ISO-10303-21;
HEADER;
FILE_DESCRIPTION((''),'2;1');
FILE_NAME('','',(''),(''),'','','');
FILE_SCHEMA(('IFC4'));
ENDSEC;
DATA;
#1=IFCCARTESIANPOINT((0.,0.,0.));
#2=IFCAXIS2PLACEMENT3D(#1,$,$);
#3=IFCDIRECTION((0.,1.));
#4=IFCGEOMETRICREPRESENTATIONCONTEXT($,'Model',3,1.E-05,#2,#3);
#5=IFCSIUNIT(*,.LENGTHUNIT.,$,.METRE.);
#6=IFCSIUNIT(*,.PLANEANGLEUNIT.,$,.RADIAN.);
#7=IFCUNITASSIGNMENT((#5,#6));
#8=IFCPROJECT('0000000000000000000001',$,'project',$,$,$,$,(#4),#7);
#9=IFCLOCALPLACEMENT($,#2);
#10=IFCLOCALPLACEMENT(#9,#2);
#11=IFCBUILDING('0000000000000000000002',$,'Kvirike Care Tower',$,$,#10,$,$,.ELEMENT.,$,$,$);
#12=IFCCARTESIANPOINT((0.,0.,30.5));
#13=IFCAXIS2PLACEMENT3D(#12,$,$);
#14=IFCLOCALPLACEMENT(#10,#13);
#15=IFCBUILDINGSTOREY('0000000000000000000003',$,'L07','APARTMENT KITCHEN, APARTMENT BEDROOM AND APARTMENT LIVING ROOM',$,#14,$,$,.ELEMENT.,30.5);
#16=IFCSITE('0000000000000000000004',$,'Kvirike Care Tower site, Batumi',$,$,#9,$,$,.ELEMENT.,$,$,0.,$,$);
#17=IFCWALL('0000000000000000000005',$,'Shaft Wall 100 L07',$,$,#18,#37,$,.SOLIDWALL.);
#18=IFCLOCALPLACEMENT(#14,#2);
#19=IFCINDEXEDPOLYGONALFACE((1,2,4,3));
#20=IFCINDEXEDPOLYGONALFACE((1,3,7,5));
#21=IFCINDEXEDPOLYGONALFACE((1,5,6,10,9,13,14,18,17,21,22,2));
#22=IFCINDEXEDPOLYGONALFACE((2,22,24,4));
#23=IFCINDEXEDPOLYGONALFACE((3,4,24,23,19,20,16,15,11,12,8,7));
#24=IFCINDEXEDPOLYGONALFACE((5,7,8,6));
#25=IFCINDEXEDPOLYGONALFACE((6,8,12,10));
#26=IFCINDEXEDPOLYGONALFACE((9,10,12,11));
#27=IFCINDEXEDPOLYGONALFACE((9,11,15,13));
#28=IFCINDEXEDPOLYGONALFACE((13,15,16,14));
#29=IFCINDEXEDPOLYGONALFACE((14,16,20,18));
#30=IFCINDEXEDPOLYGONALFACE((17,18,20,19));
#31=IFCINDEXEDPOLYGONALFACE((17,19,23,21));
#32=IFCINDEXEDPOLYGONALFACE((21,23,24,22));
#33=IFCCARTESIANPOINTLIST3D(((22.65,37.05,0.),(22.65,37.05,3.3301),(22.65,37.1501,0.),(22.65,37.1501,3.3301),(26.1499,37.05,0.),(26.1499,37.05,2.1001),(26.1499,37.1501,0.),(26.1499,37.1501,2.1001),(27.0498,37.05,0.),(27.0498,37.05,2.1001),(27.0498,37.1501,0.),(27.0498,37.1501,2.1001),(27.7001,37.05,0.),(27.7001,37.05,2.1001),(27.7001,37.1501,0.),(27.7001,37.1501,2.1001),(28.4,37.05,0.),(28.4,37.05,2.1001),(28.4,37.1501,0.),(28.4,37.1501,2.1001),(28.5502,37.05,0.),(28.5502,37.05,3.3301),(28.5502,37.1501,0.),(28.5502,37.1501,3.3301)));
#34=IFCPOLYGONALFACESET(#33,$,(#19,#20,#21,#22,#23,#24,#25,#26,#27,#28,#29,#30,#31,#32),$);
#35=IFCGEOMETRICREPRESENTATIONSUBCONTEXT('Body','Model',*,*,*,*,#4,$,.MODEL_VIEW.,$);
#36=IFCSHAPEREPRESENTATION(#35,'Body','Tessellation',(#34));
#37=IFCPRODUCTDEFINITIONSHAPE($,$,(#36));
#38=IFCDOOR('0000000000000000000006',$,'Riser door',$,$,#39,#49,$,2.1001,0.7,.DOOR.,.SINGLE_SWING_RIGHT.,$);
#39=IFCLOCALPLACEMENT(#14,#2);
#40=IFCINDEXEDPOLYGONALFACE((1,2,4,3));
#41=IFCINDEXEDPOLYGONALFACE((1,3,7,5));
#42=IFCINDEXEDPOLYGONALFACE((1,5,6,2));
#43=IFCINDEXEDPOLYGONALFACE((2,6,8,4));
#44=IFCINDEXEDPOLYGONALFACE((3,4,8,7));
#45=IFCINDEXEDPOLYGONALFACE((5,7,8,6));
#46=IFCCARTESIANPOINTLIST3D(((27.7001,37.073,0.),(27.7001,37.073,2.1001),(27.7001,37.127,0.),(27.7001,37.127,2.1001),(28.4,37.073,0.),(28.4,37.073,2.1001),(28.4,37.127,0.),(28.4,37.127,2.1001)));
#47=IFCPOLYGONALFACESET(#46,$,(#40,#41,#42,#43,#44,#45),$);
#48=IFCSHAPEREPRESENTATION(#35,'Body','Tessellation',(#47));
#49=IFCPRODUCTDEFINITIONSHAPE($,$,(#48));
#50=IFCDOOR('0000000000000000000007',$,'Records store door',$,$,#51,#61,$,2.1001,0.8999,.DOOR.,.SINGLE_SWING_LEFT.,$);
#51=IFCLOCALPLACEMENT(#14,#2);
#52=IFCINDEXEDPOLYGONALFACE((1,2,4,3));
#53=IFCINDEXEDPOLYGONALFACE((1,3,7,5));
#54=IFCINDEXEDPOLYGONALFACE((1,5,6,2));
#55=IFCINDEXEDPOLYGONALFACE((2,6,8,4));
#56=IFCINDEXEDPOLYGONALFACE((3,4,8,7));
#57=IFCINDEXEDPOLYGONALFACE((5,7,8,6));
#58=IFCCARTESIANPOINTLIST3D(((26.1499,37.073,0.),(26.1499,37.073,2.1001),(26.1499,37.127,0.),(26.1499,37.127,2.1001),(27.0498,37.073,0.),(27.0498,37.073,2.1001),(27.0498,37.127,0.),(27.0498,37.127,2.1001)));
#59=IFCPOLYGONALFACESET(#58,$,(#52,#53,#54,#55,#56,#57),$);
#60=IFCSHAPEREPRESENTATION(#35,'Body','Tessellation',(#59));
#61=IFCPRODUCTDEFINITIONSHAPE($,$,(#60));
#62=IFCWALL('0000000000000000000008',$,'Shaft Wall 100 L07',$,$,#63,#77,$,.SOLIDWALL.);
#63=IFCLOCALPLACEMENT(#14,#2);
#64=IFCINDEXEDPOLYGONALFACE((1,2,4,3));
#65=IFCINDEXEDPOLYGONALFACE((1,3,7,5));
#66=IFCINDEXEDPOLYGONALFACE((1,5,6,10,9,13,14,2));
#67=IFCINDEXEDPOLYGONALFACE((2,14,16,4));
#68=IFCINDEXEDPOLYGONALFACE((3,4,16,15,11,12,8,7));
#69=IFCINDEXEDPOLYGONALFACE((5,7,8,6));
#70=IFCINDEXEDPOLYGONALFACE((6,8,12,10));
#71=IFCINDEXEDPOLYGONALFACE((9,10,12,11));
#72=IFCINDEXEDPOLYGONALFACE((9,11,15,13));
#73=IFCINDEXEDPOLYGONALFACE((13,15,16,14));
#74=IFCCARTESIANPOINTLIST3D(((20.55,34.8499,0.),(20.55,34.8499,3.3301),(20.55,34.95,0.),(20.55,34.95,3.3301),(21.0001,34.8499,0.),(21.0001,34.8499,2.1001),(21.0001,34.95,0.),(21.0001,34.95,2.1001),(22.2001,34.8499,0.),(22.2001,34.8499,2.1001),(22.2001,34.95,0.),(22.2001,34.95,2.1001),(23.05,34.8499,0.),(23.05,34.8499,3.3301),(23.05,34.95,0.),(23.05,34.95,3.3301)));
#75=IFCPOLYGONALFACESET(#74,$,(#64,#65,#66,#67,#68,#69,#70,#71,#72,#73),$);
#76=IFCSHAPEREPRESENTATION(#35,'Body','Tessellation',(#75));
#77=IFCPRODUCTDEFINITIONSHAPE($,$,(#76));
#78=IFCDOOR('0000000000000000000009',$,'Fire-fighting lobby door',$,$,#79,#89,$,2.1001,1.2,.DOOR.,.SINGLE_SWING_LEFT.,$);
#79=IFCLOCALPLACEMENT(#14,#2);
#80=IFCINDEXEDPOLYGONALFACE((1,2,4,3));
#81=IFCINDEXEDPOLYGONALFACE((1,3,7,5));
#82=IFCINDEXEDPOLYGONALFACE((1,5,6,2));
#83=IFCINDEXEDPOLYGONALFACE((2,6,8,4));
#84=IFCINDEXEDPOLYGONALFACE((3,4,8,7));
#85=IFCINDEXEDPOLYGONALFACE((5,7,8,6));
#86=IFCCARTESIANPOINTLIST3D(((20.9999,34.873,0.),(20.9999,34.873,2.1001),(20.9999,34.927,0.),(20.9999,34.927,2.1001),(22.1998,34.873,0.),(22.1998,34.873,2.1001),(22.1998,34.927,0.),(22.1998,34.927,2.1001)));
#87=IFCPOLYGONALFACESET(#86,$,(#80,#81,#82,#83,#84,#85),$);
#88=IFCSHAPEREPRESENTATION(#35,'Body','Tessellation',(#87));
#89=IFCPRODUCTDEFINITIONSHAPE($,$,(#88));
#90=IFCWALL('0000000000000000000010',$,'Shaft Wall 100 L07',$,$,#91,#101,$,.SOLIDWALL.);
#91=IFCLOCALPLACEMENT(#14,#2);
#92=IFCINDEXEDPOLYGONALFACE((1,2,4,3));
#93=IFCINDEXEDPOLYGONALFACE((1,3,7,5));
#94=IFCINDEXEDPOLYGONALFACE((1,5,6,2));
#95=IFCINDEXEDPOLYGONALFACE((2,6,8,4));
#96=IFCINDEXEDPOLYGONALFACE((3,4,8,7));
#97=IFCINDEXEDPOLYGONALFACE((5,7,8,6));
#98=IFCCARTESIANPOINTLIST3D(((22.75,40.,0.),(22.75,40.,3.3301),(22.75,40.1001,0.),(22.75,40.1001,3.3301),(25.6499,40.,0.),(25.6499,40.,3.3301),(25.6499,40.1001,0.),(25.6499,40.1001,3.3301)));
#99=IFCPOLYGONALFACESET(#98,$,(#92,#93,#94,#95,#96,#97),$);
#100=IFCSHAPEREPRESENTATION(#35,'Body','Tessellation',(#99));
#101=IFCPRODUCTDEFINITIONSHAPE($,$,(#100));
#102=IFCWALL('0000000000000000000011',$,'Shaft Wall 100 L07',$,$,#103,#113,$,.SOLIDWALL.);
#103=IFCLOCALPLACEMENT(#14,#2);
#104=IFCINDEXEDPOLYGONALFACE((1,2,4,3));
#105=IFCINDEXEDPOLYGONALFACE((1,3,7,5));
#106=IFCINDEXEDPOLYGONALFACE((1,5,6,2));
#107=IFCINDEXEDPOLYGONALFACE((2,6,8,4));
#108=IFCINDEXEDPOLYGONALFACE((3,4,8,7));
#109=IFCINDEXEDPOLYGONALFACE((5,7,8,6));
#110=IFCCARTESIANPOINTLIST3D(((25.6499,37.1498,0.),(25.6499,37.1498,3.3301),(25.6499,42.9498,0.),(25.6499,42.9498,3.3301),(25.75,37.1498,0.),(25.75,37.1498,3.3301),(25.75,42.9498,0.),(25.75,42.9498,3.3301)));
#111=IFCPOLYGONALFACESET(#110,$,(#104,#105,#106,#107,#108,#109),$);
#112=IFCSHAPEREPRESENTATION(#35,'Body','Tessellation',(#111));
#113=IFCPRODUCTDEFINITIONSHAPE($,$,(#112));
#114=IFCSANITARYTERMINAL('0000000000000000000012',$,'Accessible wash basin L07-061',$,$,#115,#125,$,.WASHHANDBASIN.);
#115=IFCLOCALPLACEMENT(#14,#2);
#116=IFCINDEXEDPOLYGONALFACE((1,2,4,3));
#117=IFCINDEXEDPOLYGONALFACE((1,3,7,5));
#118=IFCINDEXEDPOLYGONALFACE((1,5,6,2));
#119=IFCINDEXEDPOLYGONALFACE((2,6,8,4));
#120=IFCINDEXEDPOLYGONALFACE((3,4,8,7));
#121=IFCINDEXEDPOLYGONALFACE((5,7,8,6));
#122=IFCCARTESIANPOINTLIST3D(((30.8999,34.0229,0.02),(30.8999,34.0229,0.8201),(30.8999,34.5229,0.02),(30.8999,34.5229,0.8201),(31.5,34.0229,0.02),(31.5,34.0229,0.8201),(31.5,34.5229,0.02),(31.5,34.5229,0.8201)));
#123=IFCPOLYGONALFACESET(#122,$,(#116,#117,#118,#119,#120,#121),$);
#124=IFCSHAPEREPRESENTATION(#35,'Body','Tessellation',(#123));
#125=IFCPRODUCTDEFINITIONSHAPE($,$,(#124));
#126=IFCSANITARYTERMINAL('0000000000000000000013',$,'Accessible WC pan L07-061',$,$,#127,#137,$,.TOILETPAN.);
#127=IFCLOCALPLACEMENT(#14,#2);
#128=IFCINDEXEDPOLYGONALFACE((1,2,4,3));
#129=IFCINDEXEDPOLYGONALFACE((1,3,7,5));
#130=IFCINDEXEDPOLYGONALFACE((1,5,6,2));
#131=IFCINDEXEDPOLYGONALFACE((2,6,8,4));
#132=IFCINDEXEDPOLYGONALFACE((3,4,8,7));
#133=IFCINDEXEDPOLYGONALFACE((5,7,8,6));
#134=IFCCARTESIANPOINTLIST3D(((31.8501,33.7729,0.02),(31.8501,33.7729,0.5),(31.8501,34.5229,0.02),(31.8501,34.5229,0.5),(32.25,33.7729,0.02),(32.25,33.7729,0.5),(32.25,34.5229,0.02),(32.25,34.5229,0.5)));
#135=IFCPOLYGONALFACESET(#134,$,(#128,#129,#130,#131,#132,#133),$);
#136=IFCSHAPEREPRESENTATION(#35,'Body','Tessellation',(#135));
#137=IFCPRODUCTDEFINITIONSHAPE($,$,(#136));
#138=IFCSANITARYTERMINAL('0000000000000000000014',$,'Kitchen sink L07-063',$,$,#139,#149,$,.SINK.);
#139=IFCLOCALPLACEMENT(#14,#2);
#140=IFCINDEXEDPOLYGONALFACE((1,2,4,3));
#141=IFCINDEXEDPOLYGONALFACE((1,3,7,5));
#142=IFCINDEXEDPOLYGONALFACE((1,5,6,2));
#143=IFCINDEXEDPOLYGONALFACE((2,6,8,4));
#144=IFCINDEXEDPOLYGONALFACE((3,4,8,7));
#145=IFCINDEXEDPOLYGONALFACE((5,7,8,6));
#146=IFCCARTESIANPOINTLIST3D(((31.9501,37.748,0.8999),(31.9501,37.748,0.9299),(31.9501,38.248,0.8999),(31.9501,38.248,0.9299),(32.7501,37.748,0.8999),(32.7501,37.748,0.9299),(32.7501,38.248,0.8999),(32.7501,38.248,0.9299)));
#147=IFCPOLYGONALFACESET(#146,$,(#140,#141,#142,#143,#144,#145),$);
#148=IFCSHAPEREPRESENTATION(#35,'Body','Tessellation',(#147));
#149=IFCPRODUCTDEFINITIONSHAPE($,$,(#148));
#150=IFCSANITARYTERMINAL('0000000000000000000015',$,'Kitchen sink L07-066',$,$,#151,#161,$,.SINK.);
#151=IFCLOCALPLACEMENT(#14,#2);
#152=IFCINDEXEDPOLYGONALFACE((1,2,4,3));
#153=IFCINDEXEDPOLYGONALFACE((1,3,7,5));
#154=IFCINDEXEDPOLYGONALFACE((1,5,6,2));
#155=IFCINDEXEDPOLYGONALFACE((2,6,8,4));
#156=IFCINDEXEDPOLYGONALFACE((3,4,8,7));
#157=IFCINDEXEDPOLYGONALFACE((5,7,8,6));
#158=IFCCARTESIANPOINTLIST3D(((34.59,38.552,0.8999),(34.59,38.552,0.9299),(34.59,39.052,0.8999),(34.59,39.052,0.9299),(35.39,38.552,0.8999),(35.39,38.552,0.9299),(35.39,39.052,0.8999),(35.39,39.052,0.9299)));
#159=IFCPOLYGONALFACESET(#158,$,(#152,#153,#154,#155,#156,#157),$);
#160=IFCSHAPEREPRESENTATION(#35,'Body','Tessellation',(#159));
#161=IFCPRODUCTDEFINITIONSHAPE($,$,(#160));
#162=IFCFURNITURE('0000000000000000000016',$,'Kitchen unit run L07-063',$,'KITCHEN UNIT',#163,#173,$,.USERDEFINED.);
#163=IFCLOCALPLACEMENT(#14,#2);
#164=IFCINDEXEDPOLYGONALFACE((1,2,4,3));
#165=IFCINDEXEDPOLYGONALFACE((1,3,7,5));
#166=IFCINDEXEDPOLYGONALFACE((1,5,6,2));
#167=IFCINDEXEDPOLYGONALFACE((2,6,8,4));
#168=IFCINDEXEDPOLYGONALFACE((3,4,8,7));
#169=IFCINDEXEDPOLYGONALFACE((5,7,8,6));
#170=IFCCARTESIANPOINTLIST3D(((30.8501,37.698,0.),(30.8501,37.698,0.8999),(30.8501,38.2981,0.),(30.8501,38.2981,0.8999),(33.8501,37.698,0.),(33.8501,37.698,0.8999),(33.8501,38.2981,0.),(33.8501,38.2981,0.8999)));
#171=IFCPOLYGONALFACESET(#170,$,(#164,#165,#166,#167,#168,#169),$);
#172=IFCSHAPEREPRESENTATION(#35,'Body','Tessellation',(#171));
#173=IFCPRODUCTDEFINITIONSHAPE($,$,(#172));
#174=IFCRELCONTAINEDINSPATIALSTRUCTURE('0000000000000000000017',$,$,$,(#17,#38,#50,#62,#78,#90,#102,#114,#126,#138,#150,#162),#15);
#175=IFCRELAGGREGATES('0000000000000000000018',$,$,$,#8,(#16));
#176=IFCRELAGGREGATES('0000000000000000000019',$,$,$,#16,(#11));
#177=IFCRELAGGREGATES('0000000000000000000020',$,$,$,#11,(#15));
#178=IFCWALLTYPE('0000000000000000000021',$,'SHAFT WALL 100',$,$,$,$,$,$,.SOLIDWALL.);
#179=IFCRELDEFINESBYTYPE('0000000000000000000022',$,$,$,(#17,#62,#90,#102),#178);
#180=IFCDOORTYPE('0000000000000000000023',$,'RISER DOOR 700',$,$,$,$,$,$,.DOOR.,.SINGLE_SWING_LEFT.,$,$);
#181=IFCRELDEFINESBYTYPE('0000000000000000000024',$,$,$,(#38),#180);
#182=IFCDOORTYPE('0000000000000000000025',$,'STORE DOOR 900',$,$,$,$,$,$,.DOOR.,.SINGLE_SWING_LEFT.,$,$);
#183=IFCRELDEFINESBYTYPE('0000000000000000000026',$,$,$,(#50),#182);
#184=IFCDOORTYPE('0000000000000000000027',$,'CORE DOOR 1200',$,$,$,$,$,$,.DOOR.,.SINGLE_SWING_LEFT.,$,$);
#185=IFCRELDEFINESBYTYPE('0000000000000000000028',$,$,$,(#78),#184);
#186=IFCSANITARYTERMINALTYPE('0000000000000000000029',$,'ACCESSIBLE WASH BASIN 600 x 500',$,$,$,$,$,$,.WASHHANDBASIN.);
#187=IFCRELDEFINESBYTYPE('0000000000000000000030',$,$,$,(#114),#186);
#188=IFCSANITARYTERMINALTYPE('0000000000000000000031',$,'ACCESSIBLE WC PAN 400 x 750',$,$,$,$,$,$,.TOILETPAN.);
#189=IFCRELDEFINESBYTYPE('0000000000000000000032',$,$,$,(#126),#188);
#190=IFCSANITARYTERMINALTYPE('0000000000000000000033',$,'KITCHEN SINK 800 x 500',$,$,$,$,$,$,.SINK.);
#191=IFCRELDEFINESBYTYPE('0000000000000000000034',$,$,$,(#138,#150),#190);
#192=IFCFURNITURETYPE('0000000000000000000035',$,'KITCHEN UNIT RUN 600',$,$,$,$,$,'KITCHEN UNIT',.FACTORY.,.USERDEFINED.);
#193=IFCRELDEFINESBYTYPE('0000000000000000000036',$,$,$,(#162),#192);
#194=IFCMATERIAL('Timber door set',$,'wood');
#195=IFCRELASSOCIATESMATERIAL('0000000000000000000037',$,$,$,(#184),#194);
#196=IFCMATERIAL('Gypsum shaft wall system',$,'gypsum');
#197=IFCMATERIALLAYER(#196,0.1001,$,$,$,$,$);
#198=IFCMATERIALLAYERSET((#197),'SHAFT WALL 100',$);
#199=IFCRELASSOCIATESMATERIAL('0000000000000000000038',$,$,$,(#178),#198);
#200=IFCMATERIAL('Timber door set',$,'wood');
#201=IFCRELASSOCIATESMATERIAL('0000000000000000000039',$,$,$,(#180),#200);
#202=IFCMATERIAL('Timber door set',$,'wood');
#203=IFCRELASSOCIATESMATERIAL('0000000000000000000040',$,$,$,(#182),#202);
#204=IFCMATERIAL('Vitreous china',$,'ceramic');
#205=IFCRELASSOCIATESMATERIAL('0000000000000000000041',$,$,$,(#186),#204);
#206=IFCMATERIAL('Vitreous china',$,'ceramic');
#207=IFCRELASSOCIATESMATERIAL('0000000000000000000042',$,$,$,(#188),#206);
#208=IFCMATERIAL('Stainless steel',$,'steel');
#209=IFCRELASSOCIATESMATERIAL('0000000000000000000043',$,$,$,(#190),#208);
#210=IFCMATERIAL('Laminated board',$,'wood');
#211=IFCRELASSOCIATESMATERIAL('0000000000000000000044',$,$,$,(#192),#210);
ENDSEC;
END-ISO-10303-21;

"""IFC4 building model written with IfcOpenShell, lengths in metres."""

from ifc_helpers import new_model, si_unit, direction, frame, frame_2d, origin, origin_2d, place, context, subcontext, project, spatial, rectangle, extrude, material, layer, layer_set, type_object, element, fill, save


model = new_model("IFC4")

# Units and contexts
model_context = context("Model", 3, precision=1e-05, world=origin(), true_north=direction((0.0, 1.0)))
body_context = subcontext(model_context, "Body", "Model", "MODEL_VIEW")
ifc_project = project(units=[si_unit("LENGTHUNIT", "METRE"), si_unit("PLANEANGLEUNIT", "RADIAN")], contexts=[model_context])

# Site, building, storey
site_placement = place(None, origin())
site = spatial("IfcSite", under=ifc_project, at=site_placement, Name="Kvirike Care Tower site, Batumi", CompositionType="ELEMENT", RefElevation=0.0)
building_placement = place(site_placement, origin())
building = spatial("IfcBuilding", under=site, at=building_placement, Name="Kvirike Care Tower", CompositionType="ELEMENT")
storey_placement = place(building_placement, frame((0.0, 0.0, 30.5)))
storey = spatial("IfcBuildingStorey", under=building, at=storey_placement, Name="L07", Description="APARTMENT KITCHEN, APARTMENT BEDROOM AND APARTMENT LIVING ROOM", CompositionType="ELEMENT", Elevation=30.5)

# Shared definitions
ifc_material_1 = material(Name="Timber door set", Category="wood")
door_type_1 = type_object("IfcDoorType", Name="CORE DOOR 1200", OperationType="SINGLE_SWING_LEFT", PredefinedType="DOOR", material=ifc_material_1)

# Shared definitions
ifc_material_2 = material(Name="Gypsum shaft wall system", Category="gypsum")
ifc_layer_1 = layer(ifc_material_2, 0.1001)
ifc_layer_set_1 = layer_set([ifc_layer_1], Name="SHAFT WALL 100")
wall_type_1 = type_object("IfcWallType", Name="SHAFT WALL 100", PredefinedType="SOLIDWALL", material=ifc_layer_set_1)

# Wall, openings, doors
wall_1_placement = place(storey_placement, frame((22.6499, 37.1001, 0.0), z_axis=(0.0, 0.0, 1.0), x_axis=(1.0, 0.0, 0.0)))
wall_1 = element("IfcWall", 1, at=wall_1_placement, inside=storey, type_object=wall_type_1, Name="Shaft Wall 100 L07", PredefinedType="SOLIDWALL", context=body_context, shape_type="SweptSolid", body=[
    extrude(rectangle(XDim=5.9001, YDim=0.1001, at=frame_2d((2.9502, 0.0))), origin(), (0.0, 0.0, 1.0), 3.3301),
])
opening_1_placement = place(wall_1_placement, frame((3.5, 0.0, 0.0)))
opening_1 = element("IfcOpeningElement", 2, at=opening_1_placement, cuts=wall_1, PredefinedType="OPENING", context=body_context, shape_type="SweptSolid", body=[
    extrude(rectangle(XDim=0.8999, YDim=2.1001, at=frame_2d((0.45, 1.05))), frame((0.0, 0.0605, 0.0), z_axis=(0.0, -1.0, 0.0), x_axis=(1.0, 0.0, 0.0)), (0.0, 0.0, 1.0), 0.1211),
])
opening_2_placement = place(wall_1_placement, frame((5.05, 0.0, 0.0)))
opening_2 = element("IfcOpeningElement", 3, at=opening_2_placement, cuts=wall_1, PredefinedType="OPENING", context=body_context, shape_type="SweptSolid", body=[
    extrude(rectangle(XDim=0.7, YDim=2.1001, at=frame_2d((0.3501, 1.05))), frame((0.0, 0.0605, 0.0), z_axis=(0.0, -1.0, 0.0), x_axis=(1.0, 0.0, 0.0)), (0.0, 0.0, 1.0), 0.1211),
])
ifc_material_3 = material(Name="Timber door set", Category="wood")
door_type_2 = type_object("IfcDoorType", Name="RISER DOOR 700", OperationType="SINGLE_SWING_LEFT", PredefinedType="DOOR", material=ifc_material_3)
door_1_placement = place(opening_2_placement, origin())
door_1 = element("IfcDoor", 4, at=door_1_placement, inside=storey, type_object=door_type_2, Name="Riser door", OperationType="SINGLE_SWING_RIGHT", OverallHeight=2.1001, OverallWidth=0.7, PredefinedType="DOOR", context=body_context, shape_type="SweptSolid", body=[
    extrude(rectangle(XDim=0.7, YDim=2.1001, at=frame_2d((0.3501, 1.05))), frame((0.0, 0.0269, 0.0), z_axis=(0.0, -1.0, 0.0), x_axis=(1.0, 0.0, 0.0)), (0.0, 0.0, 1.0), 0.054),
])
fill(opening_2, door_1)
ifc_material_4 = material(Name="Timber door set", Category="wood")
door_type_3 = type_object("IfcDoorType", Name="STORE DOOR 900", OperationType="SINGLE_SWING_LEFT", PredefinedType="DOOR", material=ifc_material_4)
door_2_placement = place(opening_1_placement, origin())
door_2 = element("IfcDoor", 5, at=door_2_placement, inside=storey, type_object=door_type_3, Name="Records store door", OperationType="SINGLE_SWING_LEFT", OverallHeight=2.1001, OverallWidth=0.8999, PredefinedType="DOOR", context=body_context, shape_type="SweptSolid", body=[
    extrude(rectangle(XDim=0.8999, YDim=2.1001, at=frame_2d((0.45, 1.05))), frame((0.0, 0.0269, 0.0), z_axis=(0.0, -1.0, 0.0), x_axis=(1.0, 0.0, 0.0)), (0.0, 0.0, 1.0), 0.054),
])
fill(opening_1, door_2)

# Wall, opening, door
wall_2_placement = place(storey_placement, frame((20.55, 34.8999, 0.0), z_axis=(0.0, 0.0, 1.0), x_axis=(1.0, 0.0, 0.0)))
wall_2 = element("IfcWall", 6, at=wall_2_placement, inside=storey, type_object=wall_type_1, Name="Shaft Wall 100 L07", PredefinedType="SOLIDWALL", context=body_context, shape_type="SweptSolid", body=[
    extrude(rectangle(XDim=2.5, YDim=0.1001, at=frame_2d((1.25, 0.0))), origin(), (0.0, 0.0, 1.0), 3.3301),
])
opening_3_placement = place(wall_2_placement, frame((0.45, 0.0, 0.0)))
opening_3 = element("IfcOpeningElement", 7, at=opening_3_placement, cuts=wall_2, PredefinedType="OPENING", context=body_context, shape_type="SweptSolid", body=[
    extrude(rectangle(XDim=1.2, YDim=2.1001, at=frame_2d((0.6001, 1.05))), frame((0.0, 0.0605, 0.0), z_axis=(0.0, -1.0, 0.0), x_axis=(1.0, 0.0, 0.0)), (0.0, 0.0, 1.0), 0.1211),
])
door_3_placement = place(opening_3_placement, frame((1.2, 0.0, 0.0), z_axis=(0.0, 0.0, 1.0), x_axis=(-1.0, 0.0, 0.0)))
door_3 = element("IfcDoor", 8, at=door_3_placement, inside=storey, type_object=door_type_1, Name="Fire-fighting lobby door", OperationType="SINGLE_SWING_LEFT", OverallHeight=2.1001, OverallWidth=1.2, PredefinedType="DOOR", context=body_context, shape_type="SweptSolid", body=[
    extrude(rectangle(XDim=1.2, YDim=2.1001, at=frame_2d((0.6001, 1.05))), frame((0.0, 0.0269, 0.0), z_axis=(0.0, -1.0, 0.0), x_axis=(1.0, 0.0, 0.0)), (0.0, 0.0, 1.0), 0.054),
])
fill(opening_3, door_3)

# Walls
wall_3_placement = place(storey_placement, frame((22.75, 40.05, 0.0), z_axis=(0.0, 0.0, 1.0), x_axis=(1.0, 0.0, 0.0)))
element("IfcWall", 9, at=wall_3_placement, inside=storey, type_object=wall_type_1, Name="Shaft Wall 100 L07", PredefinedType="SOLIDWALL", context=body_context, shape_type="SweptSolid", body=[
    extrude(rectangle(XDim=2.8999, YDim=0.1001, at=frame_2d((1.45, 0.0))), origin(), (0.0, 0.0, 1.0), 3.3301),
])
wall_4_placement = place(storey_placement, frame((25.7, 37.1499, 0.0), z_axis=(0.0, 0.0, 1.0), x_axis=(0.0, 1.0, 0.0)))
element("IfcWall", 10, at=wall_4_placement, inside=storey, type_object=wall_type_1, Name="Shaft Wall 100 L07", PredefinedType="SOLIDWALL", context=body_context, shape_type="SweptSolid", body=[
    extrude(rectangle(XDim=5.8, YDim=0.1001, at=frame_2d((2.8999, 0.0))), origin(), (0.0, 0.0, 1.0), 3.3301),
])

# Sanitary terminals
ifc_material_5 = material(Name="Vitreous china", Category="ceramic")
sanitary_terminal_type_1 = type_object("IfcSanitaryTerminalType", Name="ACCESSIBLE WASH BASIN 600 x 500", PredefinedType="WASHHANDBASIN", material=ifc_material_5)
sanitary_terminal_1_placement = place(storey_placement, frame((31.2, 34.2729, 0.02), z_axis=(0.0, 0.0, 1.0), x_axis=(1.0, 0.0, 0.0)))
element("IfcSanitaryTerminal", 11, at=sanitary_terminal_1_placement, inside=storey, type_object=sanitary_terminal_type_1, Name="Accessible wash basin L07-061", PredefinedType="WASHHANDBASIN", context=body_context, shape_type="SweptSolid", body=[
    extrude(rectangle(XDim=0.6001, YDim=0.5, at=origin_2d()), origin(), (0.0, 0.0, 1.0), 0.8),
])
ifc_material_6 = material(Name="Vitreous china", Category="ceramic")
sanitary_terminal_type_2 = type_object("IfcSanitaryTerminalType", Name="ACCESSIBLE WC PAN 400 x 750", PredefinedType="TOILETPAN", material=ifc_material_6)
sanitary_terminal_2_placement = place(storey_placement, frame((32.05, 34.1479, 0.02), z_axis=(0.0, 0.0, 1.0), x_axis=(1.0, 0.0, 0.0)))
element("IfcSanitaryTerminal", 12, at=sanitary_terminal_2_placement, inside=storey, type_object=sanitary_terminal_type_2, Name="Accessible WC pan L07-061", PredefinedType="TOILETPAN", context=body_context, shape_type="SweptSolid", body=[
    extrude(rectangle(XDim=0.3999, YDim=0.75, at=origin_2d()), origin(), (0.0, 0.0, 1.0), 0.48),
])
ifc_material_7 = material(Name="Stainless steel", Category="steel")
sanitary_terminal_type_3 = type_object("IfcSanitaryTerminalType", Name="KITCHEN SINK 800 x 500", PredefinedType="SINK", material=ifc_material_7)
for number, where, z_axis, x_axis, name in (
    (13, (32.3501, 37.998, 0.8999), (0.0, 0.0, 1.0), (1.0, 0.0, 0.0), "Kitchen sink L07-063"),
    (14, (34.99, 38.802, 0.8999), (0.0, 0.0, 1.0), (-1.0, 0.0, 0.0), "Kitchen sink L07-066"),
):
    element("IfcSanitaryTerminal", number, at=place(storey_placement, frame(where, z_axis=z_axis, x_axis=x_axis)), inside=storey, type_object=sanitary_terminal_type_3, Name=name, PredefinedType="SINK", context=body_context, shape_type="SweptSolid", body=[
        extrude(rectangle(XDim=0.8, YDim=0.5, at=origin_2d()), origin(), (0.0, 0.0, 1.0), 0.03),
    ])

# Furniture
ifc_material_8 = material(Name="Laminated board", Category="wood")
furniture_type = type_object("IfcFurnitureType", Name="KITCHEN UNIT RUN 600", ElementType="KITCHEN UNIT", AssemblyPlace="FACTORY", PredefinedType="USERDEFINED", material=ifc_material_8)
for number, where, z_axis, x_axis, name in (
    (15, (32.3501, 37.998, 0.0), (0.0, 0.0, 1.0), (1.0, 0.0, 0.0), "Kitchen unit run L07-063"),
):
    element("IfcFurniture", number, at=place(storey_placement, frame(where, z_axis=z_axis, x_axis=x_axis)), inside=storey, type_object=furniture_type, Name=name, ObjectType="KITCHEN UNIT", PredefinedType="USERDEFINED", context=body_context, shape_type="SweptSolid", body=[
        extrude(rectangle(XDim=3.0, YDim=0.6001, at=origin_2d()), origin(), (0.0, 0.0, 1.0), 0.8999),
    ])

save(model, "model.ifc")
